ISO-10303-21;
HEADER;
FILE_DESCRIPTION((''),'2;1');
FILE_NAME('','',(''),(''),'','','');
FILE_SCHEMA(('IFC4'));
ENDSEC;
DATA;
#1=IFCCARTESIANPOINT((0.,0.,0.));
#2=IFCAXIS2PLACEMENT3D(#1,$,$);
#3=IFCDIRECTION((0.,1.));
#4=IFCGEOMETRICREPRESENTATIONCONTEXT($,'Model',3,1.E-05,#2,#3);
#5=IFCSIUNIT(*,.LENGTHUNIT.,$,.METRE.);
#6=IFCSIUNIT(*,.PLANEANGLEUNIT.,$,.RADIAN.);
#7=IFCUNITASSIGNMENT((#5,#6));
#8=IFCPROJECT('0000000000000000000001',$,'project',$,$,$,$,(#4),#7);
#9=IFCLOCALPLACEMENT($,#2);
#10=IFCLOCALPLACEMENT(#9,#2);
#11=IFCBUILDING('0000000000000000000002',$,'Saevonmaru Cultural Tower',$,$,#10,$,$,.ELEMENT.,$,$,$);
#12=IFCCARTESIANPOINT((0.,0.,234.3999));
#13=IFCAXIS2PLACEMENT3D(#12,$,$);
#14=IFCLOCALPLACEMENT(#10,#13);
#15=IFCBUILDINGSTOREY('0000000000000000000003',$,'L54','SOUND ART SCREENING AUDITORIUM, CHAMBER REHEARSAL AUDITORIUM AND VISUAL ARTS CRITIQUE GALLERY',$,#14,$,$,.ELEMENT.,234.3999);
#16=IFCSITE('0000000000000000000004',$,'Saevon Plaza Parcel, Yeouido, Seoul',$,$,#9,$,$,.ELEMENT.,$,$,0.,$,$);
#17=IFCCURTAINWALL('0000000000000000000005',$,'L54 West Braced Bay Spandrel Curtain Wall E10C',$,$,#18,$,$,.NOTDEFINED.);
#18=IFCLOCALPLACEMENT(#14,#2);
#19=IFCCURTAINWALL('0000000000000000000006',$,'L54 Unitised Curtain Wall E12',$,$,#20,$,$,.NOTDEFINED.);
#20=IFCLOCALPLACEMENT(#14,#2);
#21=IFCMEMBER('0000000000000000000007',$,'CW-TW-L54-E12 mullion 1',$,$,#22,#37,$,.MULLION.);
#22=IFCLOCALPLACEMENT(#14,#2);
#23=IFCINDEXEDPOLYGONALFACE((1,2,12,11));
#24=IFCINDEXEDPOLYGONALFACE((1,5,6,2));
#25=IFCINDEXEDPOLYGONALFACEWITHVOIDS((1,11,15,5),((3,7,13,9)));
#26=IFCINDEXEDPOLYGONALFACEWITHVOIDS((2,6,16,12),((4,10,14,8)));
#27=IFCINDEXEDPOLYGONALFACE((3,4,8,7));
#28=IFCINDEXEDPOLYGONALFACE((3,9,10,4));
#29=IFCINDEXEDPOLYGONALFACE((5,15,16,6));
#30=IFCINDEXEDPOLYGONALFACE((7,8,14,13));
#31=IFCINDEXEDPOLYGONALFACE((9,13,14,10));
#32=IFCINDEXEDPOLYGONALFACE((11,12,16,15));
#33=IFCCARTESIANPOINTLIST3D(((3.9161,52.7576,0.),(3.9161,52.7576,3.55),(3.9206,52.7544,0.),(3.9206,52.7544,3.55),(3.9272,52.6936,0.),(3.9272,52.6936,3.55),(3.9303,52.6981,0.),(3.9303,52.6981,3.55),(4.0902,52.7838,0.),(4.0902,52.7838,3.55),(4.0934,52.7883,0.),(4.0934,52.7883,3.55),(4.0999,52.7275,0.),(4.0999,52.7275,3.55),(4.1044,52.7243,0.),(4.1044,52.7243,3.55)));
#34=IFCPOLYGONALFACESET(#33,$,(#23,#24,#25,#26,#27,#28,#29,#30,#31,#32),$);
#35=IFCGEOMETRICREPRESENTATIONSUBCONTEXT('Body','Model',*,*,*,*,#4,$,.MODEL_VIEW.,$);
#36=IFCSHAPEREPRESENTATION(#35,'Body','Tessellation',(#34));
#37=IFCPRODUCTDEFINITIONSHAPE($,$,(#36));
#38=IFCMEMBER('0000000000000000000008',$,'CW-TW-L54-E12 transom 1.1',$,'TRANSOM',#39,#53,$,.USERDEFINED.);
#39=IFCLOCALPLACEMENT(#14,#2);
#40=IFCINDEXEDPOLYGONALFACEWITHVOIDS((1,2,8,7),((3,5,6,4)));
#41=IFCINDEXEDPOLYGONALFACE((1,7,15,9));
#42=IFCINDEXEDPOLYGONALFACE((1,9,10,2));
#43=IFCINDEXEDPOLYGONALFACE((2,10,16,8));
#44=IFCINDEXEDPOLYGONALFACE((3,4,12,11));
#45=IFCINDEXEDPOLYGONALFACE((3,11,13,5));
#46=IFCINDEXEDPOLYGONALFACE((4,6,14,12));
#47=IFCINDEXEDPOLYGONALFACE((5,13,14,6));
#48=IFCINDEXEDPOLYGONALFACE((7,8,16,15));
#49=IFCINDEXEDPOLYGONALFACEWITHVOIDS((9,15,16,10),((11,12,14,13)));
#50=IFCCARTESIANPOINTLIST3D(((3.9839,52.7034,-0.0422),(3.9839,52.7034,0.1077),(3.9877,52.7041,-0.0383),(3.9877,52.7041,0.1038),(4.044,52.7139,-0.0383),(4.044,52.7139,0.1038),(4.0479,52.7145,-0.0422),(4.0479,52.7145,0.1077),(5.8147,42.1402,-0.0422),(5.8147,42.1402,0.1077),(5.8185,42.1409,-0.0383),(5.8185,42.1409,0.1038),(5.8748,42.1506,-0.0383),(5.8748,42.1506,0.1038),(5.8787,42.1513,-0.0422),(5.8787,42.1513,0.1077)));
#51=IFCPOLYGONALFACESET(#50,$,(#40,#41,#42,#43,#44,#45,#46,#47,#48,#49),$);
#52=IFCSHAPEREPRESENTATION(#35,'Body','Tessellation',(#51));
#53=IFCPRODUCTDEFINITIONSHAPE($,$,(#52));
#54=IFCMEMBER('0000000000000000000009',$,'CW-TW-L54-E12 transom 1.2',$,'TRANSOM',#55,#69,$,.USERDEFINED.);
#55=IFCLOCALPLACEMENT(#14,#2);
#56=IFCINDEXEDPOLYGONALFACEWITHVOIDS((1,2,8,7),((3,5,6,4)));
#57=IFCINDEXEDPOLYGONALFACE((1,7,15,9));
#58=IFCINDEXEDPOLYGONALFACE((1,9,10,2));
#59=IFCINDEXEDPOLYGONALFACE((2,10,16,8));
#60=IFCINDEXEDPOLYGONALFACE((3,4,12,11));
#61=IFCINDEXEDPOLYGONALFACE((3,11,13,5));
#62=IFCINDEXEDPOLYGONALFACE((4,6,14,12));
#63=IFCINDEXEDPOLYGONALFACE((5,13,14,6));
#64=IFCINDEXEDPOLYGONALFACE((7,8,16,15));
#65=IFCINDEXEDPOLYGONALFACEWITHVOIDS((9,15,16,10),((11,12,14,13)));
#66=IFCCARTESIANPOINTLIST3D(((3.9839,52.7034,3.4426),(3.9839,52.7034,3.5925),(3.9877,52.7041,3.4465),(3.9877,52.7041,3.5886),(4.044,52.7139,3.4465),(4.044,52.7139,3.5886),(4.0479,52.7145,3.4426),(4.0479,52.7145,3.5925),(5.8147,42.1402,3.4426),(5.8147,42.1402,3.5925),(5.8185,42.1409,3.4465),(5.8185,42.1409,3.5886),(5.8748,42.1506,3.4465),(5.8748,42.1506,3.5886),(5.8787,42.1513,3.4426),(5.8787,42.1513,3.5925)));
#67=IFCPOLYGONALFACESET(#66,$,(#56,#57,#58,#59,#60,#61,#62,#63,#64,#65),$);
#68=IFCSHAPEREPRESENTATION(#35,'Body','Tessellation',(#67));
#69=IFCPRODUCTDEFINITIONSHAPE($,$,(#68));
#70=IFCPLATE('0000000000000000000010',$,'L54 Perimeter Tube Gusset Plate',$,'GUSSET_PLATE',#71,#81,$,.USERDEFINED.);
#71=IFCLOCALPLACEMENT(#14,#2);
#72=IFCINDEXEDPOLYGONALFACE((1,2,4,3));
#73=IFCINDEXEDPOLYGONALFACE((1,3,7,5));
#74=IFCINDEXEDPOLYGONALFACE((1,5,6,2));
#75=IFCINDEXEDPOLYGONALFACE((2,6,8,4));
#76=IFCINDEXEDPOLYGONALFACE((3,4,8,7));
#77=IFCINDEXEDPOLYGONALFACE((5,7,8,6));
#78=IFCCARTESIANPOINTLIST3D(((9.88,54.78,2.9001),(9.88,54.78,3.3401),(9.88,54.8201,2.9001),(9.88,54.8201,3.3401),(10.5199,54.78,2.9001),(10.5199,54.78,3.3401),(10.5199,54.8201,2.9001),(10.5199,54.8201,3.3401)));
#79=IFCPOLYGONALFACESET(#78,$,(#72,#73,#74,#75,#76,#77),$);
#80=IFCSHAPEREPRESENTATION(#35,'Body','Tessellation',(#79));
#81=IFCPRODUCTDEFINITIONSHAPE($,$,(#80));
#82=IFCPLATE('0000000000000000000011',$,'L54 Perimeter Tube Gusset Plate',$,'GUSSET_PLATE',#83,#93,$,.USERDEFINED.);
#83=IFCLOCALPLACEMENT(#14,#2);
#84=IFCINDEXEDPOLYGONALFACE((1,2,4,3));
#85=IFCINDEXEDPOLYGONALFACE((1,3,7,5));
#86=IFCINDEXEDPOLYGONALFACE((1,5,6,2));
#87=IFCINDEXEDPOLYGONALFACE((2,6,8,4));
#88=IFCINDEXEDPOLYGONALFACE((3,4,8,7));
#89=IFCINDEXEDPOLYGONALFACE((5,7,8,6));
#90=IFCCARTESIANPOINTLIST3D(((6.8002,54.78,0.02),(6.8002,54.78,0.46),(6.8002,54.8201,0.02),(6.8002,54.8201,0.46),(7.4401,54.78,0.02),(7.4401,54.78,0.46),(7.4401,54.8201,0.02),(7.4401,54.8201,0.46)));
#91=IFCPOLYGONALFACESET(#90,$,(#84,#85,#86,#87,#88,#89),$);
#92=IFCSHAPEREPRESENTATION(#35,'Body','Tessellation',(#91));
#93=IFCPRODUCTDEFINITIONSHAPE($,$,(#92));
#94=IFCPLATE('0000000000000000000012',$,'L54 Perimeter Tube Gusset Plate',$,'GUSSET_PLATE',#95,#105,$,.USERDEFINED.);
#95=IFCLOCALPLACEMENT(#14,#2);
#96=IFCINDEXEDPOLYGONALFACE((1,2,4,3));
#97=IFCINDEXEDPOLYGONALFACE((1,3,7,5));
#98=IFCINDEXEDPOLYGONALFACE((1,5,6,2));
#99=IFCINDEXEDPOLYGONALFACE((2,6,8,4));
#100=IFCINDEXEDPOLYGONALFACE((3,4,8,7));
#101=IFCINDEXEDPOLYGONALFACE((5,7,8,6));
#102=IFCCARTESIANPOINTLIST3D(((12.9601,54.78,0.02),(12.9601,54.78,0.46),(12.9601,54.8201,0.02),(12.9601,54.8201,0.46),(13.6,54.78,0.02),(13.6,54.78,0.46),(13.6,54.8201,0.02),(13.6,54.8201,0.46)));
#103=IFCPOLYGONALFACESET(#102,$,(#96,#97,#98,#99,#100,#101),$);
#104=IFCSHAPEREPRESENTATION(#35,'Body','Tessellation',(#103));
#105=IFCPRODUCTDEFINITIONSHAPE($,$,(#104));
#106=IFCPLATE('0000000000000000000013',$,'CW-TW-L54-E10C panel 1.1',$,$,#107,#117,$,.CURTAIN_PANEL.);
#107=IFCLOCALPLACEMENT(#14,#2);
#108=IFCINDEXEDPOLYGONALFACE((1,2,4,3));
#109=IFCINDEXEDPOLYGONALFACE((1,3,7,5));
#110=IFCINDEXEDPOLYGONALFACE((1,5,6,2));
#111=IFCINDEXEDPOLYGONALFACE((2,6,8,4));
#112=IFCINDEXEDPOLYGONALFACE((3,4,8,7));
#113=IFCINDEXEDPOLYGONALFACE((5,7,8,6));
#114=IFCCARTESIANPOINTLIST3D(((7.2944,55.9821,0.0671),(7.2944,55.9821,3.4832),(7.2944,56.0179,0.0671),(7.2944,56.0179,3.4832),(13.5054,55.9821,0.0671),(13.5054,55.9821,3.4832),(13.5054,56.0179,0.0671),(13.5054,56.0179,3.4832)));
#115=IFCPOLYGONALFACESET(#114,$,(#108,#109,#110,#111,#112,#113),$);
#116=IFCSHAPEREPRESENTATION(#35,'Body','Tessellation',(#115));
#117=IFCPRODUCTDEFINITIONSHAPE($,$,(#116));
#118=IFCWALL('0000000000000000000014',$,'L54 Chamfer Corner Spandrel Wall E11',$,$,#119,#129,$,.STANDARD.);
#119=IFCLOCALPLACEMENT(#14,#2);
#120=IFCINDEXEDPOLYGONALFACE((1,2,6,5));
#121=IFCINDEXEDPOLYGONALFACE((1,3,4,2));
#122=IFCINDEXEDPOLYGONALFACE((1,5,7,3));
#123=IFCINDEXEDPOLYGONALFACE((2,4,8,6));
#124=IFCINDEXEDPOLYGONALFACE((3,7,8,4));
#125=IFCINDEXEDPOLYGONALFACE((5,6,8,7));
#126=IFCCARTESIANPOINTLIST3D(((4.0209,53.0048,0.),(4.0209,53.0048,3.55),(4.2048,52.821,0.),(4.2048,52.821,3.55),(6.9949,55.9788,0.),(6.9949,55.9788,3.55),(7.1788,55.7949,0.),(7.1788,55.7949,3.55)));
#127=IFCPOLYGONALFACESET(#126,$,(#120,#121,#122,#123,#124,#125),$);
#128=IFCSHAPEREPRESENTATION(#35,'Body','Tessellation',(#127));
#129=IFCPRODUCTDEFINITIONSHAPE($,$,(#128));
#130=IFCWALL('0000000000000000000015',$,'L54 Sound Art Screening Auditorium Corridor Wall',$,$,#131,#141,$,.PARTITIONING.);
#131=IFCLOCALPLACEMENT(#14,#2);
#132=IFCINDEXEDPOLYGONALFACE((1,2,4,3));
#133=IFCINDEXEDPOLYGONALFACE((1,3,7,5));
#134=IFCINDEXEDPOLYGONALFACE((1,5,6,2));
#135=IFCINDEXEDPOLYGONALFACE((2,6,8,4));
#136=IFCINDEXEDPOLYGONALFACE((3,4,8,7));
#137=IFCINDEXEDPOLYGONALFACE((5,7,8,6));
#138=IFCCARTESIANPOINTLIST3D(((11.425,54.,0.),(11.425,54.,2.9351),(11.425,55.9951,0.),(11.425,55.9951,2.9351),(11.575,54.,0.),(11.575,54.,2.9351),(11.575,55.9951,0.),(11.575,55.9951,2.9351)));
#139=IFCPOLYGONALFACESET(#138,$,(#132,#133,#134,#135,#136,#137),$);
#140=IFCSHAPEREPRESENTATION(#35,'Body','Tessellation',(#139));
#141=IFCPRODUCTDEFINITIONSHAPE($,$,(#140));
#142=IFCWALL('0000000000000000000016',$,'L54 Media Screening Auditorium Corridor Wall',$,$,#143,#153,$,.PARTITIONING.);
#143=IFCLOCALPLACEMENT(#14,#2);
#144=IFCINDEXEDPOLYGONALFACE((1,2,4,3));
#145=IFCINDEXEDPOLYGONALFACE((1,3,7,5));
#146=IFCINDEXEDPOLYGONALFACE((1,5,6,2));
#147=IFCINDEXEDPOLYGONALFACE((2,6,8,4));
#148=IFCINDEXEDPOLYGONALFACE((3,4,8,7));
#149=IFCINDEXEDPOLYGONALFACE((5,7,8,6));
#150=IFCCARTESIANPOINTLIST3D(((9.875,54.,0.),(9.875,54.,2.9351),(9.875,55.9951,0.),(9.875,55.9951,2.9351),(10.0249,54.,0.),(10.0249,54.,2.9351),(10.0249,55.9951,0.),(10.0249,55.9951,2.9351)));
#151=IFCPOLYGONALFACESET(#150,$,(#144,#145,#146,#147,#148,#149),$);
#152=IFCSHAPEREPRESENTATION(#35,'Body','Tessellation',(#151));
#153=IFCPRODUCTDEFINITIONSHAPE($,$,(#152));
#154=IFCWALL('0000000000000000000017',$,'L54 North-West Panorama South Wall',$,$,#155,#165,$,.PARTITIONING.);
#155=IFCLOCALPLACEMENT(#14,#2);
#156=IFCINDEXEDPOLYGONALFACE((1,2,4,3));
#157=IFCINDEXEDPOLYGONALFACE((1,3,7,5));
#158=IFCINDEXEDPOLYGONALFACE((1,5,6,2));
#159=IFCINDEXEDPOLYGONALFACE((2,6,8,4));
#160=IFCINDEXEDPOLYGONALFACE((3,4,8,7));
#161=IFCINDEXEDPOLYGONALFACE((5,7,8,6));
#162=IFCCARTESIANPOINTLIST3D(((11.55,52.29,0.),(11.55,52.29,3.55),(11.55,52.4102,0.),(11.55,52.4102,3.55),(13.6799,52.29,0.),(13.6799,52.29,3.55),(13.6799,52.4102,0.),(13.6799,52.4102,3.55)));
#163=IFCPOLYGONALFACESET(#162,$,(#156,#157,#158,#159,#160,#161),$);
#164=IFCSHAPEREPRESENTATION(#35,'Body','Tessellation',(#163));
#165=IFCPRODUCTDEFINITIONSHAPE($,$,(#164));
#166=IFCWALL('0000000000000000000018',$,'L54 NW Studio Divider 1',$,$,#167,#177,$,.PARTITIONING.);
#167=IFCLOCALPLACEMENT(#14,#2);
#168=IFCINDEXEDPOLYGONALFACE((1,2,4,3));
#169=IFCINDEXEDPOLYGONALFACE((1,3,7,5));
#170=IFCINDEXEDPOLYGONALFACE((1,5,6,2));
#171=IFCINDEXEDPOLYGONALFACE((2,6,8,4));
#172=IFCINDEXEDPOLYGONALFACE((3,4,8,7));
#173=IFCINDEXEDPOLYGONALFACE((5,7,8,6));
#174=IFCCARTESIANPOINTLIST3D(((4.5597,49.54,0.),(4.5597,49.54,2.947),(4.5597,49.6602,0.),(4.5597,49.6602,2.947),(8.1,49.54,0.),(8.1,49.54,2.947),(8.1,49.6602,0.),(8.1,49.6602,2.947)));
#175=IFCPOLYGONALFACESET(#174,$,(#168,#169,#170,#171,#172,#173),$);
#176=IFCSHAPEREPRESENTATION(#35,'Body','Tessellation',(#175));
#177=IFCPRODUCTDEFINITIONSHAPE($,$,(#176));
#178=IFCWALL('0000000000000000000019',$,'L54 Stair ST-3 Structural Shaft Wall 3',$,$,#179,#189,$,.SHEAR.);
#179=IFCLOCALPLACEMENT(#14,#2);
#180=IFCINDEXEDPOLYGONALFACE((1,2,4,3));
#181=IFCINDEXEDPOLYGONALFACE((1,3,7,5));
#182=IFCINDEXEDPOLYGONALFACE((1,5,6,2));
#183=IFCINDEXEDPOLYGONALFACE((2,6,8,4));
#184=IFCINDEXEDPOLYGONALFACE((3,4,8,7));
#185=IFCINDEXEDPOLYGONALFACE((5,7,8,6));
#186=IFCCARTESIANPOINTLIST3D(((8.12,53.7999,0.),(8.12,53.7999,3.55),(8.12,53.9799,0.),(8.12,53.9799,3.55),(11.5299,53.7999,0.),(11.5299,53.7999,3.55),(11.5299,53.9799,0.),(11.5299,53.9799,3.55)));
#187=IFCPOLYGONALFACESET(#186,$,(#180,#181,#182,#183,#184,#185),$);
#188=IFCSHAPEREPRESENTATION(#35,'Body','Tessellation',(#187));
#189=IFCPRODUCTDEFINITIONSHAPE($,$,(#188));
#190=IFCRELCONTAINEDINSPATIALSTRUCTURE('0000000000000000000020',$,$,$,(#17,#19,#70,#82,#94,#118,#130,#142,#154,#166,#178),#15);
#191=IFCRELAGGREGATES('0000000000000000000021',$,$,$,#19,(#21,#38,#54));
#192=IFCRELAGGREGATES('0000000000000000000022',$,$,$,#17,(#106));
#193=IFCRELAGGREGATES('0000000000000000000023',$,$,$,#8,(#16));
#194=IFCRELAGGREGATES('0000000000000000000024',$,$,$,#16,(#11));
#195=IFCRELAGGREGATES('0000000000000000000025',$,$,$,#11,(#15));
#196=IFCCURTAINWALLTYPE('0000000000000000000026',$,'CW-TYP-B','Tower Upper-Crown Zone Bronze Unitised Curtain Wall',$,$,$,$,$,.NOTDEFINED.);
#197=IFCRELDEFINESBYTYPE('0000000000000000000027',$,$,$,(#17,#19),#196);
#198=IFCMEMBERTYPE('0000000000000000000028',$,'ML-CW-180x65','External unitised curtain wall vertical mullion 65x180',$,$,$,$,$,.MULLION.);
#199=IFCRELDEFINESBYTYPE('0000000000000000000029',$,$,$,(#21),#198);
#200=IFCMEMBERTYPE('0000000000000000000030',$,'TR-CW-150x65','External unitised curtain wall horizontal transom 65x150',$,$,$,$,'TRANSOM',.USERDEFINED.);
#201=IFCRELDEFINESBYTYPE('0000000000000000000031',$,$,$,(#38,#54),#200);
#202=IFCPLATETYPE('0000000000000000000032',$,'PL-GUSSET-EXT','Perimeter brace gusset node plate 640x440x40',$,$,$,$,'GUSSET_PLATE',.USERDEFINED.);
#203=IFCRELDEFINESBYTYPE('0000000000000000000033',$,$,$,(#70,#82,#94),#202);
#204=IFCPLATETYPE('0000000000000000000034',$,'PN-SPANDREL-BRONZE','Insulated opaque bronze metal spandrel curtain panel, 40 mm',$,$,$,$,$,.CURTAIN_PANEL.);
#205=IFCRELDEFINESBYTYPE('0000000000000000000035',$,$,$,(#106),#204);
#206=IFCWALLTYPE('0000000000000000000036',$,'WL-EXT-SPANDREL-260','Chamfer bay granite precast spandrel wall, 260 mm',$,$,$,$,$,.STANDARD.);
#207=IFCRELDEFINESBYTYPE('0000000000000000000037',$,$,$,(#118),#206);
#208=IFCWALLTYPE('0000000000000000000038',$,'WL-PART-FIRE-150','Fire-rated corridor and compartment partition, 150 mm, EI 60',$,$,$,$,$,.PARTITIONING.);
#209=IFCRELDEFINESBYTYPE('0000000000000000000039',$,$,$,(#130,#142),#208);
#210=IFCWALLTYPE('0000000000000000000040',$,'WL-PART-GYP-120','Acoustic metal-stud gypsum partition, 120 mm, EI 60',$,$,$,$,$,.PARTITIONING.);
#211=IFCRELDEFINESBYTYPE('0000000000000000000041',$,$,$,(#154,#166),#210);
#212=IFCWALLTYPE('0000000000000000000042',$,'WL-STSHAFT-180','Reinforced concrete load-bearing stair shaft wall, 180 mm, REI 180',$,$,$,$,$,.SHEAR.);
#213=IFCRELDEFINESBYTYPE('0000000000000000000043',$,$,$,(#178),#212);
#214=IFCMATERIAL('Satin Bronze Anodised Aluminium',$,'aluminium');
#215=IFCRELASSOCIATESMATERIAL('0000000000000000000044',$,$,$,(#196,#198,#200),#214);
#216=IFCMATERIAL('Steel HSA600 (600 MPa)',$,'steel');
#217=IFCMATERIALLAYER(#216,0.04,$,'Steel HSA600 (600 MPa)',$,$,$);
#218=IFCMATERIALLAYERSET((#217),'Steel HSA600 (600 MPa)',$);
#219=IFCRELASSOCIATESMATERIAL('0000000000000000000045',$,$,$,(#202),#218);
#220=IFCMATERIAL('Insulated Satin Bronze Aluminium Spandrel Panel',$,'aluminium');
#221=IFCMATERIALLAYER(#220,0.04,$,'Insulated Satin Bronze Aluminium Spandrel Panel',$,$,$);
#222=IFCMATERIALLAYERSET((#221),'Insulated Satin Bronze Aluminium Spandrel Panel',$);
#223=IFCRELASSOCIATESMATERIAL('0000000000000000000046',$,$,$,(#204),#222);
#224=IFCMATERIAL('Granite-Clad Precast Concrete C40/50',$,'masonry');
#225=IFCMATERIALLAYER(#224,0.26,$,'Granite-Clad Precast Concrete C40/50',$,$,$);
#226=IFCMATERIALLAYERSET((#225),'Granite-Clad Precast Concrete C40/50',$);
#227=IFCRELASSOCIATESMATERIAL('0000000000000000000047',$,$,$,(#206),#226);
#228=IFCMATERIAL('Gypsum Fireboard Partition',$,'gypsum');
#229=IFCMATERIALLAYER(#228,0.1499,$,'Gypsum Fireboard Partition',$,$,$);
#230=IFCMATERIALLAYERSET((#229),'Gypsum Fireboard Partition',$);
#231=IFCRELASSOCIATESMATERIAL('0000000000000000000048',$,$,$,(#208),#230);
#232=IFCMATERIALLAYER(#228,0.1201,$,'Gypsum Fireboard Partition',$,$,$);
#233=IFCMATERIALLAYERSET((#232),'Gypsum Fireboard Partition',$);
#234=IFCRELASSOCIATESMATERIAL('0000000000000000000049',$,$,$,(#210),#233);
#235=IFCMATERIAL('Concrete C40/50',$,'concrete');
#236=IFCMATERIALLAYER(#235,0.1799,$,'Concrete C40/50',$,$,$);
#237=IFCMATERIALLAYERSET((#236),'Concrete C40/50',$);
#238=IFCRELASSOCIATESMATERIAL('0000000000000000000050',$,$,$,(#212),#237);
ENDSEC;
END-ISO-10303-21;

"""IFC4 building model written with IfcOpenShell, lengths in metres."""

from ifc_helpers import new_model, si_unit, direction, frame, frame_2d, origin, origin_2d, place, context, subcontext, project, spatial, rectangle, hollow_rectangle, extrude, material, layer, layer_set, material_profile, profile_set, type_object, element, aggregate, save


model = new_model("IFC4")

# Units and contexts
model_context = context("Model", 3, precision=1e-05, world=origin(), true_north=direction((0.0, 1.0)))
body_context = subcontext(model_context, "Body", "Model", "MODEL_VIEW")
ifc_project = project(units=[si_unit("LENGTHUNIT", "METRE"), si_unit("PLANEANGLEUNIT", "RADIAN")], contexts=[model_context])

# Site, building, storey
site_placement = place(None, origin())
site = spatial("IfcSite", under=ifc_project, at=site_placement, Name="Saevon Plaza Parcel, Yeouido, Seoul", CompositionType="ELEMENT", RefElevation=0.0)
building_placement = place(site_placement, origin())
building = spatial("IfcBuilding", under=site, at=building_placement, Name="Saevonmaru Cultural Tower", CompositionType="ELEMENT")
storey_placement = place(building_placement, frame((0.0, 0.0, 234.3999)))
storey = spatial("IfcBuildingStorey", under=building, at=storey_placement, Name="L54", Description="SOUND ART SCREENING AUDITORIUM, CHAMBER REHEARSAL AUDITORIUM AND VISUAL ARTS CRITIQUE GALLERY", CompositionType="ELEMENT", Elevation=234.3999)

# Curtain wall
ifc_material_1 = material(Name="Satin Bronze Anodised Aluminium", Category="aluminium")
curtain_wall_type = type_object("IfcCurtainWallType", Name="CW-TYP-B", Description="Tower Upper-Crown Zone Bronze Unitised Curtain Wall", PredefinedType="NOTDEFINED", material=ifc_material_1)
curtain_wall_1_placement = place(storey_placement, origin())
curtain_wall_1 = element("IfcCurtainWall", 1, at=curtain_wall_1_placement, inside=storey, type_object=curtain_wall_type, Name="L54 West Braced Bay Spandrel Curtain Wall E10C", PredefinedType="NOTDEFINED")
ifc_material_profile_1 = material_profile(ifc_material_1, hollow_rectangle(XDim=0.0649, YDim=0.1799, WallThickness=0.0039, at=origin_2d()), Name="ALU-MULL-180x65x4")
ifc_profile_set_1 = profile_set([ifc_material_profile_1], Name="Satin Bronze Anodised Aluminium")
member_type_1 = type_object("IfcMemberType", Name="ML-CW-180x65", Description="External unitised curtain wall vertical mullion 65x180", PredefinedType="MULLION", material=ifc_profile_set_1)

# Curtain wall, members
curtain_wall_2_placement = place(storey_placement, origin())
curtain_wall_2 = element("IfcCurtainWall", 2, at=curtain_wall_2_placement, inside=storey, type_object=curtain_wall_type, Name="L54 Unitised Curtain Wall E12", PredefinedType="NOTDEFINED")
member_1_placement = place(storey_placement, frame((4.0103, 52.741, 0.0), z_axis=(0.0, 0.0, 1.0), x_axis=(0.17079, -0.985307, 0.0)))
member_1 = element("IfcMember", 3, at=member_1_placement, type_object=member_type_1, Name="CW-TW-L54-E12 mullion 1", PredefinedType="MULLION", context=body_context, shape_type="SweptSolid", body=[
    extrude(hollow_rectangle(XDim=0.0649, YDim=0.1799, WallThickness=0.0039, at=origin_2d()), origin(), (0.0, 0.0, 1.0), 3.55),
])
ifc_material_profile_2 = material_profile(ifc_material_1, hollow_rectangle(XDim=0.0649, YDim=0.1499, WallThickness=0.0039, at=origin_2d()), Name="ALU-TRAN-150x65x4")
ifc_profile_set_2 = profile_set([ifc_material_profile_2], Name="Satin Bronze Anodised Aluminium")
member_type_2 = type_object("IfcMemberType", Name="TR-CW-150x65", Description="External unitised curtain wall horizontal transom 65x150", ElementType="TRANSOM", PredefinedType="USERDEFINED", material=ifc_profile_set_2)
member_2_placement = place(storey_placement, frame((4.0159, 52.709, 0.0327), z_axis=(0.170773, -0.98531, 0.0), x_axis=(0.98531, 0.170773, 0.0)))
member_2 = element("IfcMember", 4, at=member_2_placement, type_object=member_type_2, Name="CW-TW-L54-E12 transom 1.1", ObjectType="TRANSOM", PredefinedType="USERDEFINED", context=body_context, shape_type="SweptSolid", body=[
    extrude(hollow_rectangle(XDim=0.0649, YDim=0.1499, WallThickness=0.0039, at=origin_2d()), origin(), (0.0, 0.0, 1.0), 10.7207),
])
member_3_placement = place(storey_placement, frame((4.0159, 52.709, 3.5176), z_axis=(0.170773, -0.98531, 0.0), x_axis=(0.98531, 0.170773, 0.0)))
member_3 = element("IfcMember", 5, at=member_3_placement, type_object=member_type_2, Name="CW-TW-L54-E12 transom 1.2", ObjectType="TRANSOM", PredefinedType="USERDEFINED", context=body_context, shape_type="SweptSolid", body=[
    extrude(hollow_rectangle(XDim=0.0649, YDim=0.1499, WallThickness=0.0039, at=origin_2d()), origin(), (0.0, 0.0, 1.0), 10.7207),
])
aggregate(curtain_wall_2, [member_1, member_2, member_3])

# Plates
ifc_material_2 = material(Name="Steel HSA600 (600 MPa)", Category="steel")
ifc_layer_1 = layer(ifc_material_2, 0.04, Name="Steel HSA600 (600 MPa)")
ifc_layer_set_1 = layer_set([ifc_layer_1], Name="Steel HSA600 (600 MPa)")
plate_type_1 = type_object("IfcPlateType", Name="PL-GUSSET-EXT", Description="Perimeter brace gusset node plate 640x440x40", ElementType="GUSSET_PLATE", PredefinedType="USERDEFINED", material=ifc_layer_set_1)
for number, where, z_axis, x_axis, name in (
    (6, (10.2, 54.8, 2.9001), (0.0, 0.0, 1.0), (1.0, 0.0, 0.0), "L54 Perimeter Tube Gusset Plate"),
    (7, (7.1201, 54.8, 0.02), (0.0, 0.0, 1.0), (1.0, 0.0, 0.0), "L54 Perimeter Tube Gusset Plate"),
    (8, (13.28, 54.8, 0.02), (0.0, 0.0, 1.0), (1.0, 0.0, 0.0), "L54 Perimeter Tube Gusset Plate"),
):
    element("IfcPlate", number, at=place(storey_placement, frame(where, z_axis=z_axis, x_axis=x_axis)), inside=storey, type_object=plate_type_1, Name=name, ObjectType="GUSSET_PLATE", PredefinedType="USERDEFINED", context=body_context, shape_type="SweptSolid", body=[
        extrude(rectangle(XDim=0.6399, YDim=0.04, at=origin_2d()), origin(), (0.0, 0.0, 1.0), 0.4399),
    ])

# Plate
ifc_material_3 = material(Name="Insulated Satin Bronze Aluminium Spandrel Panel", Category="aluminium")
ifc_layer_2 = layer(ifc_material_3, 0.04, Name="Insulated Satin Bronze Aluminium Spandrel Panel")
ifc_layer_set_2 = layer_set([ifc_layer_2], Name="Insulated Satin Bronze Aluminium Spandrel Panel")
plate_type_2 = type_object("IfcPlateType", Name="PN-SPANDREL-BRONZE", Description="Insulated opaque bronze metal spandrel curtain panel, 40 mm", PredefinedType="CURTAIN_PANEL", material=ifc_layer_set_2)
plate_placement = place(storey_placement, frame((10.3999, 56.0, 0.0671), z_axis=(0.0, 0.0, 1.0), x_axis=(-1.0, 0.0, 0.0)))
plate = element("IfcPlate", 9, at=plate_placement, type_object=plate_type_2, Name="CW-TW-L54-E10C panel 1.1", PredefinedType="CURTAIN_PANEL", context=body_context, shape_type="SweptSolid", body=[
    extrude(rectangle(XDim=6.2109, YDim=0.0359, at=origin_2d()), origin(), (0.0, 0.0, 1.0), 3.416),
])
aggregate(curtain_wall_1, [plate])

# Walls
ifc_material_4 = material(Name="Granite-Clad Precast Concrete C40/50", Category="masonry")
ifc_layer_3 = layer(ifc_material_4, 0.26, Name="Granite-Clad Precast Concrete C40/50")
ifc_layer_set_3 = layer_set([ifc_layer_3], Name="Granite-Clad Precast Concrete C40/50")
wall_type_1 = type_object("IfcWallType", Name="WL-EXT-SPANDREL-260", Description="Chamfer bay granite precast spandrel wall, 260 mm", PredefinedType="STANDARD", material=ifc_layer_set_3)
wall_1_placement = place(storey_placement, frame((7.0869, 55.887, 0.0), z_axis=(0.0, 0.0, 1.0), x_axis=(-0.707107, -0.707107, 0.0)))
element("IfcWall", 10, at=wall_1_placement, inside=storey, type_object=wall_type_1, Name="L54 Chamfer Corner Spandrel Wall E11", PredefinedType="STANDARD", context=body_context, shape_type="SweptSolid", body=[
    extrude(rectangle(XDim=4.2058, YDim=0.26, at=frame_2d((2.103, 0.0))), origin(), (0.0, 0.0, 1.0), 3.55),
])
ifc_material_5 = material(Name="Gypsum Fireboard Partition", Category="gypsum")
ifc_layer_4 = layer(ifc_material_5, 0.1499, Name="Gypsum Fireboard Partition")
ifc_layer_set_4 = layer_set([ifc_layer_4], Name="Gypsum Fireboard Partition")
wall_type_2 = type_object("IfcWallType", Name="WL-PART-FIRE-150", Description="Fire-rated corridor and compartment partition, 150 mm, EI 60", PredefinedType="PARTITIONING", material=ifc_layer_set_4)
for number, where, z_axis, x_axis, name in (
    (11, (11.5, 54.0, 0.0), (0.0, 0.0, 1.0), (0.0, 1.0, 0.0), "L54 Sound Art Screening Auditorium Corridor Wall"),
    (12, (9.95, 54.0, 0.0), (0.0, 0.0, 1.0), (0.0, 1.0, 0.0), "L54 Media Screening Auditorium Corridor Wall"),
):
    element("IfcWall", number, at=place(storey_placement, frame(where, z_axis=z_axis, x_axis=x_axis)), inside=storey, type_object=wall_type_2, Name=name, PredefinedType="PARTITIONING", context=body_context, shape_type="SweptSolid", body=[
        extrude(rectangle(XDim=1.9951, YDim=0.1499, at=frame_2d((0.9976, 0.0))), origin(), (0.0, 0.0, 1.0), 2.9351),
    ])
ifc_layer_5 = layer(ifc_material_5, 0.1201, Name="Gypsum Fireboard Partition")
ifc_layer_set_5 = layer_set([ifc_layer_5], Name="Gypsum Fireboard Partition")
wall_type_3 = type_object("IfcWallType", Name="WL-PART-GYP-120", Description="Acoustic metal-stud gypsum partition, 120 mm, EI 60", PredefinedType="PARTITIONING", material=ifc_layer_set_5)
wall_2_placement = place(storey_placement, frame((11.55, 52.3501, 0.0), z_axis=(0.0, 0.0, 1.0), x_axis=(1.0, 0.0, 0.0)))
element("IfcWall", 13, at=wall_2_placement, inside=storey, type_object=wall_type_3, Name="L54 North-West Panorama South Wall", PredefinedType="PARTITIONING", context=body_context, shape_type="SweptSolid", body=[
    extrude(rectangle(XDim=2.1299, YDim=0.1201, at=frame_2d((1.0649, 0.0))), origin(), (0.0, 0.0, 1.0), 3.55),
])
wall_3_placement = place(storey_placement, frame((4.5598, 49.6001, 0.0), z_axis=(0.0, 0.0, 1.0), x_axis=(1.0, 0.0, 0.0)))
element("IfcWall", 14, at=wall_3_placement, inside=storey, type_object=wall_type_3, Name="L54 NW Studio Divider 1", PredefinedType="PARTITIONING", context=body_context, shape_type="SweptSolid", body=[
    extrude(rectangle(XDim=3.5403, YDim=0.1201, at=frame_2d((1.77, 0.0))), origin(), (0.0, 0.0, 1.0), 2.947),
])
ifc_material_6 = material(Name="Concrete C40/50", Category="concrete")
ifc_layer_6 = layer(ifc_material_6, 0.1799, Name="Concrete C40/50")
ifc_layer_set_6 = layer_set([ifc_layer_6], Name="Concrete C40/50")
wall_type_4 = type_object("IfcWallType", Name="WL-STSHAFT-180", Description="Reinforced concrete load-bearing stair shaft wall, 180 mm, REI 180", PredefinedType="SHEAR", material=ifc_layer_set_6)
wall_4_placement = place(storey_placement, frame((11.53, 53.8899, 0.0), z_axis=(0.0, 0.0, 1.0), x_axis=(-1.0, 0.0, 0.0)))
element("IfcWall", 15, at=wall_4_placement, inside=storey, type_object=wall_type_4, Name="L54 Stair ST-3 Structural Shaft Wall 3", PredefinedType="SHEAR", context=body_context, shape_type="SweptSolid", body=[
    extrude(rectangle(XDim=3.4099, YDim=0.1799, at=frame_2d((1.7051, 0.0))), origin(), (0.0, 0.0, 1.0), 3.55),
])

save(model, "model.ifc")
